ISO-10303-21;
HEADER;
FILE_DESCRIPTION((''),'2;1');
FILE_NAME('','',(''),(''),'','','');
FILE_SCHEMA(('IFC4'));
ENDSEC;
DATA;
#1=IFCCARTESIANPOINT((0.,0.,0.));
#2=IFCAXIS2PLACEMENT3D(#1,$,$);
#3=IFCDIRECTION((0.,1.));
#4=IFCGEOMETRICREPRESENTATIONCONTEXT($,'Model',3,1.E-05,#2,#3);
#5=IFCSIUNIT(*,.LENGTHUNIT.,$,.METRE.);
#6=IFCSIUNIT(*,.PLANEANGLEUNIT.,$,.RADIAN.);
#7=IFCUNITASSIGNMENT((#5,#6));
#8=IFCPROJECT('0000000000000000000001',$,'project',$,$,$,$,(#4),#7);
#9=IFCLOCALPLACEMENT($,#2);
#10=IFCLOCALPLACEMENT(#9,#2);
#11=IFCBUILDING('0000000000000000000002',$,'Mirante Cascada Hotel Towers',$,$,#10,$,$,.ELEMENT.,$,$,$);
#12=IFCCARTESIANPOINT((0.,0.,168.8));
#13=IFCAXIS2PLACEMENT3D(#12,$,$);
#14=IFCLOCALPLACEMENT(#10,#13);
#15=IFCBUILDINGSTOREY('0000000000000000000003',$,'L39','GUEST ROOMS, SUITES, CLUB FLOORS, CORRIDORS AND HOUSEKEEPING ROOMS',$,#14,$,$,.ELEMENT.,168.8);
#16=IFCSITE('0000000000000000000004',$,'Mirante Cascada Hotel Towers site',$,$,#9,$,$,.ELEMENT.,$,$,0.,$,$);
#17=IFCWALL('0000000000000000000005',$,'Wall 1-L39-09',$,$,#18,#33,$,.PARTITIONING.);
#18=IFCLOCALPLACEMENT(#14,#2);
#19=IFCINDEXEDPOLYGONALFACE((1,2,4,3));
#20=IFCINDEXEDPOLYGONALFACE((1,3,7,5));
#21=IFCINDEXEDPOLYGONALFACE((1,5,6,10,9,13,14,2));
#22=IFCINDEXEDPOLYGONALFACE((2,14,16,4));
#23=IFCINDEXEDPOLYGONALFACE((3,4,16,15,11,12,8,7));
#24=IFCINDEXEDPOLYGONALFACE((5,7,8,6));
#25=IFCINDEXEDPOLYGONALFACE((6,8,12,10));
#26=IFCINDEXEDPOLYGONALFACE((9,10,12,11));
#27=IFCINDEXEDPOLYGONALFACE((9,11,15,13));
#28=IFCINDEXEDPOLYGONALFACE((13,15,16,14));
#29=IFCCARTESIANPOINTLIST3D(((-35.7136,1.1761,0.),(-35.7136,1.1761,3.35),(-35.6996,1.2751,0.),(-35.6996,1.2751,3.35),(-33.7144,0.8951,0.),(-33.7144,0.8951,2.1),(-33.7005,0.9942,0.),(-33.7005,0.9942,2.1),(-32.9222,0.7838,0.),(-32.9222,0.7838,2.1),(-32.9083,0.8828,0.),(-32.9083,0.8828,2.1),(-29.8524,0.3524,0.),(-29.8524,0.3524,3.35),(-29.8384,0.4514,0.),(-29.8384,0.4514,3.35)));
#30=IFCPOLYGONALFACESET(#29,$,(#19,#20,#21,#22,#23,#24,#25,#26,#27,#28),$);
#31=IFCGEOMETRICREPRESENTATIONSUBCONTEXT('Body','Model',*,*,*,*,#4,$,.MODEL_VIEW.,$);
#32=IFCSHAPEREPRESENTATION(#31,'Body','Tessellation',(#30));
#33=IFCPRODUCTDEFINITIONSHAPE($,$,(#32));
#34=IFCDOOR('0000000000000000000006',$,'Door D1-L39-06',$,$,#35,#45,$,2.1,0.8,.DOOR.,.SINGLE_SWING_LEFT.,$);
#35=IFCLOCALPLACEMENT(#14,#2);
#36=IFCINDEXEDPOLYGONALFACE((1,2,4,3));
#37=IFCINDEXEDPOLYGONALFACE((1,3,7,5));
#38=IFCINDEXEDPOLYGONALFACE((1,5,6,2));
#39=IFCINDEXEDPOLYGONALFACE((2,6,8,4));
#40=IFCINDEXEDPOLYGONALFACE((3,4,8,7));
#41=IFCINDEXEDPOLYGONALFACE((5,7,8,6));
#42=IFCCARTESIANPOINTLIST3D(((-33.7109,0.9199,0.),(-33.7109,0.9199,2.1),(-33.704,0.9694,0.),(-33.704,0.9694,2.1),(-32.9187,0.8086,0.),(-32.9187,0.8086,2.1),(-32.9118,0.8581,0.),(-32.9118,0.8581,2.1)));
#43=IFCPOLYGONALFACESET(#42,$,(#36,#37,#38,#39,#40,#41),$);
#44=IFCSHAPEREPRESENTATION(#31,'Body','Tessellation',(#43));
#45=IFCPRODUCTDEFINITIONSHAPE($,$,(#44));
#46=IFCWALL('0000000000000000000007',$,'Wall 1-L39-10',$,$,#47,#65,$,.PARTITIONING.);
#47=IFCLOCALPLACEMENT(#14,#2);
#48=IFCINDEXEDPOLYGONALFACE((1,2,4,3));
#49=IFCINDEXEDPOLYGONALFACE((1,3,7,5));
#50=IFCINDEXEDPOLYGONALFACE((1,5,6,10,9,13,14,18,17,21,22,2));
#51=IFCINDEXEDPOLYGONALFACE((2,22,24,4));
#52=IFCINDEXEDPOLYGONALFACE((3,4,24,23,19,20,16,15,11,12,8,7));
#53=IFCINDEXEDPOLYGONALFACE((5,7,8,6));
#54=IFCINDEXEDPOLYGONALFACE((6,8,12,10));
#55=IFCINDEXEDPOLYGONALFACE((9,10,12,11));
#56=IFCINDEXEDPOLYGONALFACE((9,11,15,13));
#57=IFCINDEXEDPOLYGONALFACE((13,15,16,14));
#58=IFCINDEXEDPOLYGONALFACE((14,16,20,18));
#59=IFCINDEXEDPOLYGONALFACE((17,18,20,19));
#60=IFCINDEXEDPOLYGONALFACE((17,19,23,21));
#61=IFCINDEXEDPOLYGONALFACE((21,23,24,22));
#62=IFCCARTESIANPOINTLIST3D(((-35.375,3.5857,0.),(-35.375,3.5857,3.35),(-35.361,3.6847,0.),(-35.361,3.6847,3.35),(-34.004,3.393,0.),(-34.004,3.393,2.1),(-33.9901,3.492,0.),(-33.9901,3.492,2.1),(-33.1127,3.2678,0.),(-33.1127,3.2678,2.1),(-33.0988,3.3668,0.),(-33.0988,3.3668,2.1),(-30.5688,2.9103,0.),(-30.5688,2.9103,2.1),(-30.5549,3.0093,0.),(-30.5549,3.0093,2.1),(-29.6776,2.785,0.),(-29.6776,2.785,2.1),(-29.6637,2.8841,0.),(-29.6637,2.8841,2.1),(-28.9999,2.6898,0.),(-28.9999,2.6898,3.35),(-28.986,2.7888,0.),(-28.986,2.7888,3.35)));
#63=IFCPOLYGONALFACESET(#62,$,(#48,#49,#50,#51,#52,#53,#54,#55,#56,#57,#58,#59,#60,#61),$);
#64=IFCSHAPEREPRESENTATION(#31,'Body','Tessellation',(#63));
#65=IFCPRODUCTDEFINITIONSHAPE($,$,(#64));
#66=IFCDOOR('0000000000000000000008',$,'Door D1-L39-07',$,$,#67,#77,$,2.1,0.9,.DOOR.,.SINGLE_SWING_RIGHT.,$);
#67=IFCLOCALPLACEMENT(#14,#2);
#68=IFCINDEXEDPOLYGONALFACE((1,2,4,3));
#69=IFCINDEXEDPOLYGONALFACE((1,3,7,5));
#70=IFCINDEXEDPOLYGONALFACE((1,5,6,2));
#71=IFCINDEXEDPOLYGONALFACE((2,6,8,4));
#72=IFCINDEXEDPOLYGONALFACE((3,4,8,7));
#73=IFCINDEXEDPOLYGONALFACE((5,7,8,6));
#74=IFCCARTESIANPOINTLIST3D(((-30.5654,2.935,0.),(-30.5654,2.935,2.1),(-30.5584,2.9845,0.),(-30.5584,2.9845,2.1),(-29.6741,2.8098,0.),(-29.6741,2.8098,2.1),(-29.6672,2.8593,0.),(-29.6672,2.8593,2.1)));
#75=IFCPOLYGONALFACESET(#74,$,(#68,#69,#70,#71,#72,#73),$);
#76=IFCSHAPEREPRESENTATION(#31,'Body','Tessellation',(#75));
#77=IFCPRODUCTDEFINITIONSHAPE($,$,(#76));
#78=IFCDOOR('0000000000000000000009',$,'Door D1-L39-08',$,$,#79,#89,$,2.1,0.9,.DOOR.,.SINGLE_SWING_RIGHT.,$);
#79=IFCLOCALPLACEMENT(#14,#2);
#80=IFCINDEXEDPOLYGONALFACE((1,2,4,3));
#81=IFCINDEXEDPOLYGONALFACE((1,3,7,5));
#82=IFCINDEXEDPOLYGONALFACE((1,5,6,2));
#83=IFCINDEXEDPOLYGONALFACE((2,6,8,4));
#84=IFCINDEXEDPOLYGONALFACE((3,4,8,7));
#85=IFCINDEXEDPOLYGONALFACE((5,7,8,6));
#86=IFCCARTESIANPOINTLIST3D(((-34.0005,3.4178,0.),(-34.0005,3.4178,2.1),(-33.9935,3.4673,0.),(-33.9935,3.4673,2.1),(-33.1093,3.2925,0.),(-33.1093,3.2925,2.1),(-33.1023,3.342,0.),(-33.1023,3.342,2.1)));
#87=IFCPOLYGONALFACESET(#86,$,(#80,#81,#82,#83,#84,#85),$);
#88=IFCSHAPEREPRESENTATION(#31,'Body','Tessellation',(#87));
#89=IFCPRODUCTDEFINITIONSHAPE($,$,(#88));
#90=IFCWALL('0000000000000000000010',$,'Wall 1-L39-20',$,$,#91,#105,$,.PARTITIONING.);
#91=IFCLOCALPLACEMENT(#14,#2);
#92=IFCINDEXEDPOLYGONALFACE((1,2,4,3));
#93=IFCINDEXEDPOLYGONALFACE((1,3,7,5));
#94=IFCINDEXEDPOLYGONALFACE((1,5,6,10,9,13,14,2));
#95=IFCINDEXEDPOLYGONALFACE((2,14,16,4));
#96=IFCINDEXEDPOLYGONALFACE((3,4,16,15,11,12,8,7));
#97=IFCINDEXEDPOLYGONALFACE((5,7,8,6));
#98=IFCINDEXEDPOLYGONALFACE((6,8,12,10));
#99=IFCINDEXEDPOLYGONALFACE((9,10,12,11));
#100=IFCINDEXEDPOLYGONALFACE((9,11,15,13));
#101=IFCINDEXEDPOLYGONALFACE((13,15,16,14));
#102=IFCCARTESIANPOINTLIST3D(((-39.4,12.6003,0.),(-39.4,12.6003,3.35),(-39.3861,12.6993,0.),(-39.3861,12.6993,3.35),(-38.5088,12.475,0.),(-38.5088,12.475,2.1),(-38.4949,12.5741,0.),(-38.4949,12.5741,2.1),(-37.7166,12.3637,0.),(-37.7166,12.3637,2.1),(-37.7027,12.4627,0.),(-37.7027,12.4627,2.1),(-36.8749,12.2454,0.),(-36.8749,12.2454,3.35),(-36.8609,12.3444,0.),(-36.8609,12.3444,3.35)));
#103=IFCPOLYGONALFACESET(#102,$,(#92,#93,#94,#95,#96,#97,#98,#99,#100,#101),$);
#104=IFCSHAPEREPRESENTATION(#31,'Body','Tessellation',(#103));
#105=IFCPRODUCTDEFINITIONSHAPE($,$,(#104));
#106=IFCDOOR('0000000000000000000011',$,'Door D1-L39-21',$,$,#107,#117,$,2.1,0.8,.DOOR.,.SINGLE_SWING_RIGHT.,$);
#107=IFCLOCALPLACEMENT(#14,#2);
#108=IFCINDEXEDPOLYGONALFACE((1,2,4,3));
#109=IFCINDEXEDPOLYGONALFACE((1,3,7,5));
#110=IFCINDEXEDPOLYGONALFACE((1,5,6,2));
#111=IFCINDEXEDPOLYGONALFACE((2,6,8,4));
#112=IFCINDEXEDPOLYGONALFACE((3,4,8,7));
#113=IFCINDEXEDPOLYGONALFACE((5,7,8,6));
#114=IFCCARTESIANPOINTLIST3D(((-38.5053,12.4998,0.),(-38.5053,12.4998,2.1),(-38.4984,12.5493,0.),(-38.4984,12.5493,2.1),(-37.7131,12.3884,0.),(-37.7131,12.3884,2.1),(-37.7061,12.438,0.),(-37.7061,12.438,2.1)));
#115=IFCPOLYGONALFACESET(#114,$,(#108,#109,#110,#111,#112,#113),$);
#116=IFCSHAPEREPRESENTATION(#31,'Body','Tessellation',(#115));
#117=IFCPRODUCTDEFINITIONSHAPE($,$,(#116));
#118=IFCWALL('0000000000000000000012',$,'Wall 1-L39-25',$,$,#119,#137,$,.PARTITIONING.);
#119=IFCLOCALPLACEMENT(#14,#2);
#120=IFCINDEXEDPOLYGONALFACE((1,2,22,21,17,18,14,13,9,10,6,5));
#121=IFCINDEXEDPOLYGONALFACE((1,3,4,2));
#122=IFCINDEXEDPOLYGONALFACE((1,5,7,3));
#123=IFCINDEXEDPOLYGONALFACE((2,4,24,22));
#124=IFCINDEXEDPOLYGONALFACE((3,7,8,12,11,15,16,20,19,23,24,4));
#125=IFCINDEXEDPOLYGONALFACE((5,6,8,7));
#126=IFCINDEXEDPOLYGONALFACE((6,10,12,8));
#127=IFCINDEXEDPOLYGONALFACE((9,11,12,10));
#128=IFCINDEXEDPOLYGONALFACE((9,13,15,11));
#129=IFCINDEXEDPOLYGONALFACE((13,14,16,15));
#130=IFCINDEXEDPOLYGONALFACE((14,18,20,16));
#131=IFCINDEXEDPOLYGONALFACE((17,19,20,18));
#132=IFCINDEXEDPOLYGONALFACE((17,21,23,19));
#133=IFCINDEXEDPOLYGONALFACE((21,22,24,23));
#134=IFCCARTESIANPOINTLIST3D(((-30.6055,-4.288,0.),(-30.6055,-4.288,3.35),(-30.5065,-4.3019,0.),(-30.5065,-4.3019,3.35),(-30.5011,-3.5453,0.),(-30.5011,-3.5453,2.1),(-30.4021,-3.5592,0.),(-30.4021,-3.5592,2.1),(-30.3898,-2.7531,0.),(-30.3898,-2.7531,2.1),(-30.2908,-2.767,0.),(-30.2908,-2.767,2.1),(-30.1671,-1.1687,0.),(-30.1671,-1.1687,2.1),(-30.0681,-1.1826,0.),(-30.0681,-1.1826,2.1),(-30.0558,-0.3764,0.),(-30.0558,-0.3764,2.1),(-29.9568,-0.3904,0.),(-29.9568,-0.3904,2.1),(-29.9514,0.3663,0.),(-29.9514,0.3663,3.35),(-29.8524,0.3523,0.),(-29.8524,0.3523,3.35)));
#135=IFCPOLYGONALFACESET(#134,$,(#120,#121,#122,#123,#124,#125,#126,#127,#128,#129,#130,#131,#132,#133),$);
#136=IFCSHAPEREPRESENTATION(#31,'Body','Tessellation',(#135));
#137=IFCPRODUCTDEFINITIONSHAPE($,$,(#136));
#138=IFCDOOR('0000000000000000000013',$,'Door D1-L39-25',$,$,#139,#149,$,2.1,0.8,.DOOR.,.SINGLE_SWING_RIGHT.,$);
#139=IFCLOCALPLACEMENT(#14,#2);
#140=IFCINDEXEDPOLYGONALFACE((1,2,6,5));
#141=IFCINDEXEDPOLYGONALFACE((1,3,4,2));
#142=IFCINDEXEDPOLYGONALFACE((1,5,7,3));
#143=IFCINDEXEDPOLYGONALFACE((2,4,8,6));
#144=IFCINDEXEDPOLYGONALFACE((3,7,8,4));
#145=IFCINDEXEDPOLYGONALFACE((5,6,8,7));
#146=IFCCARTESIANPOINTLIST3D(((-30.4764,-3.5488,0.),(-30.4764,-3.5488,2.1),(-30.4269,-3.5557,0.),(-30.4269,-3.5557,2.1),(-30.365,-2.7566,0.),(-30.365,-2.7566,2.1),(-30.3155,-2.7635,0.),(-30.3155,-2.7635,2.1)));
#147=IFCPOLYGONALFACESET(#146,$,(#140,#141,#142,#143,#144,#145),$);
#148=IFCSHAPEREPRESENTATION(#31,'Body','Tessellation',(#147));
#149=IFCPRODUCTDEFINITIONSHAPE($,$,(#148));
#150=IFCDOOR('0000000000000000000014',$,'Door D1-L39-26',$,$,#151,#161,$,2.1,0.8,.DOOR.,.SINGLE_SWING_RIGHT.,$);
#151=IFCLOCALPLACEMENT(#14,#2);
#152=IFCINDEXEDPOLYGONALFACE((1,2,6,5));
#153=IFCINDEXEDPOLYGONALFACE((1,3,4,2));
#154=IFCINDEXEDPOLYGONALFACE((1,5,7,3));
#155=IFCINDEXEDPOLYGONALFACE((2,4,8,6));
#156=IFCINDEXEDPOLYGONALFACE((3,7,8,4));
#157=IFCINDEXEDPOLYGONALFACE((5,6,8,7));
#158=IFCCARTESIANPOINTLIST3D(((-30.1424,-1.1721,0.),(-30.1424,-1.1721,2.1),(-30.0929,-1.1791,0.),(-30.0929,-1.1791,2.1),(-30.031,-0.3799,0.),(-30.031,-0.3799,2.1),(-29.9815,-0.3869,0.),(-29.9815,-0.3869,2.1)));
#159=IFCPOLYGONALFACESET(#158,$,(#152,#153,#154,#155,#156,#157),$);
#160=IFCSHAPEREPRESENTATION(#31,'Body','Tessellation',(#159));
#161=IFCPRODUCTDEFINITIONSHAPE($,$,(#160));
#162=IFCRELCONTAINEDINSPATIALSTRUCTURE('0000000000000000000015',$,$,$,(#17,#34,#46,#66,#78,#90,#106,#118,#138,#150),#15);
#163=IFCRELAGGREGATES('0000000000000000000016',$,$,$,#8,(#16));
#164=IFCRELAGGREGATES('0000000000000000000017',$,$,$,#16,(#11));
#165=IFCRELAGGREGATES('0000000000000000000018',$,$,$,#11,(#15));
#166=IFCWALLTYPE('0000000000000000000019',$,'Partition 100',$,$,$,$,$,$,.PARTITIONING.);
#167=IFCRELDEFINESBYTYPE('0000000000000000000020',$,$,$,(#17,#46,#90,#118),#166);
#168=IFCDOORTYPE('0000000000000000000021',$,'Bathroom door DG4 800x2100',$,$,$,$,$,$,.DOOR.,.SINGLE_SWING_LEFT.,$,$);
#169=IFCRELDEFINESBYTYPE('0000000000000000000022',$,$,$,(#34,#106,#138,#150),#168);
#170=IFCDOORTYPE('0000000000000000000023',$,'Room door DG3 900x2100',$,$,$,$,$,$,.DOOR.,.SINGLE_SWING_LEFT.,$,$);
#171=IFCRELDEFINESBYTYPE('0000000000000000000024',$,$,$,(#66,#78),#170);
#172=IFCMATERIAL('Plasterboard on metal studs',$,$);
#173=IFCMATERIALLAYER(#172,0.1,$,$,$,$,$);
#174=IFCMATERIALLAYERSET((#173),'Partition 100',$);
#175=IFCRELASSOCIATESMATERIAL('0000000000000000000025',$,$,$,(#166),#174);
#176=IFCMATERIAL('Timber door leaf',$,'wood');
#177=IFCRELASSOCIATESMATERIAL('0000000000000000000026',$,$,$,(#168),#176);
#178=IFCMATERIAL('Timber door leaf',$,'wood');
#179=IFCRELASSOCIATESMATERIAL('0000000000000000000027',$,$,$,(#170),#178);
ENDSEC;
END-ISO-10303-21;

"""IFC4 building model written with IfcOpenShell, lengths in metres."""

from ifc_helpers import new_model, si_unit, direction, frame, frame_2d, origin, place, context, subcontext, project, spatial, rectangle, extrude, material, layer, layer_set, type_object, element, fill, save


model = new_model("IFC4")

# Units and contexts
model_context = context("Model", 3, precision=1e-05, world=origin(), true_north=direction((0.0, 1.0)))
body_context = subcontext(model_context, "Body", "Model", "MODEL_VIEW")
ifc_project = project(units=[si_unit("LENGTHUNIT", "METRE"), si_unit("PLANEANGLEUNIT", "RADIAN")], contexts=[model_context])

# Site, building, storey
site_placement = place(None, origin())
site = spatial("IfcSite", under=ifc_project, at=site_placement, Name="Mirante Cascada Hotel Towers site", CompositionType="ELEMENT", RefElevation=0.0)
building_placement = place(site_placement, origin())
building = spatial("IfcBuilding", under=site, at=building_placement, Name="Mirante Cascada Hotel Towers", CompositionType="ELEMENT")
storey_placement = place(building_placement, frame((0.0, 0.0, 168.8)))
storey = spatial("IfcBuildingStorey", under=building, at=storey_placement, Name="L39", Description="GUEST ROOMS, SUITES, CLUB FLOORS, CORRIDORS AND HOUSEKEEPING ROOMS", CompositionType="ELEMENT", Elevation=168.8)

# Wall, opening, door
ifc_material_1 = material(Name="Plasterboard on metal studs")
ifc_layer_1 = layer(ifc_material_1, 0.1)
ifc_layer_set_1 = layer_set([ifc_layer_1], Name="Partition 100")
wall_type_1 = type_object("IfcWallType", Name="Partition 100", PredefinedType="PARTITIONING", material=ifc_layer_set_1)
wall_1_placement = place(storey_placement, frame((-35.7066, 1.2256, 0.0), z_axis=(0.0, 0.0, 1.0), x_axis=(0.990269, -0.139167, 0.0)))
wall_1 = element("IfcWall", 1, at=wall_1_placement, inside=storey, type_object=wall_type_1, Name="Wall 1-L39-09", PredefinedType="PARTITIONING", context=body_context, shape_type="SweptSolid", body=[
    extrude(rectangle(XDim=5.9188, YDim=0.1, at=frame_2d((2.9594, 0.0))), origin(), (0.0, 0.0, 1.0), 3.35),
])
opening_1_placement = place(wall_1_placement, frame((2.0188, 0.0, 0.0)))
opening_1 = element("IfcOpeningElement", 2, at=opening_1_placement, cuts=wall_1, PredefinedType="OPENING", context=body_context, shape_type="SweptSolid", body=[
    extrude(rectangle(XDim=0.8, YDim=2.1, at=frame_2d((0.4, 1.05))), frame((0.0, 0.05, 0.0), z_axis=(0.0, -1.0, 0.0), x_axis=(1.0, 0.0, 0.0)), (0.0, 0.0, 1.0), 0.1),
])
ifc_material_2 = material(Name="Timber door leaf", Category="wood")
door_type_1 = type_object("IfcDoorType", Name="Bathroom door DG4 800x2100", OperationType="SINGLE_SWING_LEFT", PredefinedType="DOOR", material=ifc_material_2)
door_1_placement = place(opening_1_placement, origin())
door_1 = element("IfcDoor", 3, at=door_1_placement, inside=storey, type_object=door_type_1, Name="Door D1-L39-06", OperationType="SINGLE_SWING_LEFT", OverallHeight=2.1, OverallWidth=0.8, PredefinedType="DOOR", context=body_context, shape_type="SweptSolid", body=[
    extrude(rectangle(XDim=0.8, YDim=2.1, at=frame_2d((0.4, 1.05))), frame((0.0, 0.025, 0.0), z_axis=(0.0, -1.0, 0.0), x_axis=(1.0, 0.0, 0.0)), (0.0, 0.0, 1.0), 0.05),
])
fill(opening_1, door_1)

# Wall, openings, doors
wall_2_placement = place(storey_placement, frame((-28.9929, 2.7393, 0.0), z_axis=(0.0, 0.0, 1.0), x_axis=(-0.990269, 0.139164, 0.0)))
wall_2 = element("IfcWall", 4, at=wall_2_placement, inside=storey, type_object=wall_type_1, Name="Wall 1-L39-10", PredefinedType="PARTITIONING", context=body_context, shape_type="SweptSolid", body=[
    extrude(rectangle(XDim=6.4377, YDim=0.1, at=frame_2d((3.2189, 0.0))), origin(), (0.0, 0.0, 1.0), 3.35),
])
opening_2_placement = place(wall_2_placement, frame((0.6844, 0.0, 0.0)))
opening_2 = element("IfcOpeningElement", 5, at=opening_2_placement, cuts=wall_2, PredefinedType="OPENING", context=body_context, shape_type="SweptSolid", body=[
    extrude(rectangle(XDim=0.9, YDim=2.1, at=frame_2d((0.45, 1.05))), frame((0.0, 0.05, 0.0), z_axis=(0.0, -1.0, 0.0), x_axis=(1.0, 0.0, 0.0)), (0.0, 0.0, 1.0), 0.1),
])
opening_3_placement = place(wall_2_placement, frame((4.1533, 0.0, 0.0)))
opening_3 = element("IfcOpeningElement", 6, at=opening_3_placement, cuts=wall_2, PredefinedType="OPENING", context=body_context, shape_type="SweptSolid", body=[
    extrude(rectangle(XDim=0.9, YDim=2.1, at=frame_2d((0.45, 1.05))), frame((0.0, 0.05, 0.0), z_axis=(0.0, -1.0, 0.0), x_axis=(1.0, 0.0, 0.0)), (0.0, 0.0, 1.0), 0.1),
])
ifc_material_3 = material(Name="Timber door leaf", Category="wood")
door_type_2 = type_object("IfcDoorType", Name="Room door DG3 900x2100", OperationType="SINGLE_SWING_LEFT", PredefinedType="DOOR", material=ifc_material_3)
door_2_placement = place(opening_2_placement, frame((0.9, 0.0, 0.0), z_axis=(0.0, 0.0, 1.0), x_axis=(-1.0, 0.0, 0.0)))
door_2 = element("IfcDoor", 7, at=door_2_placement, inside=storey, type_object=door_type_2, Name="Door D1-L39-07", OperationType="SINGLE_SWING_RIGHT", OverallHeight=2.1, OverallWidth=0.9, PredefinedType="DOOR", context=body_context, shape_type="SweptSolid", body=[
    extrude(rectangle(XDim=0.9, YDim=2.1, at=frame_2d((0.45, 1.05))), frame((0.0, 0.025, 0.0), z_axis=(0.0, -1.0, 0.0), x_axis=(1.0, 0.0, 0.0)), (0.0, 0.0, 1.0), 0.05),
])
fill(opening_2, door_2)
door_3_placement = place(opening_3_placement, frame((0.9, 0.0, 0.0), z_axis=(0.0, 0.0, 1.0), x_axis=(-1.0, 0.0, 0.0)))
door_3 = element("IfcDoor", 8, at=door_3_placement, inside=storey, type_object=door_type_2, Name="Door D1-L39-08", OperationType="SINGLE_SWING_RIGHT", OverallHeight=2.1, OverallWidth=0.9, PredefinedType="DOOR", context=body_context, shape_type="SweptSolid", body=[
    extrude(rectangle(XDim=0.9, YDim=2.1, at=frame_2d((0.45, 1.05))), frame((0.0, 0.025, 0.0), z_axis=(0.0, -1.0, 0.0), x_axis=(1.0, 0.0, 0.0)), (0.0, 0.0, 1.0), 0.05),
])
fill(opening_3, door_3)

# Wall, opening, door
wall_3_placement = place(storey_placement, frame((-36.8679, 12.2949, 0.0), z_axis=(0.0, 0.0, 1.0), x_axis=(-0.990268, 0.139176, 0.0)))
wall_3 = element("IfcWall", 9, at=wall_3_placement, inside=storey, type_object=wall_type_1, Name="Wall 1-L39-20", PredefinedType="PARTITIONING", context=body_context, shape_type="SweptSolid", body=[
    extrude(rectangle(XDim=2.55, YDim=0.1, at=frame_2d((1.275, 0.0))), origin(), (0.0, 0.0, 1.0), 3.35),
])
opening_4_placement = place(wall_3_placement, frame((0.85, 0.0, 0.0)))
opening_4 = element("IfcOpeningElement", 10, at=opening_4_placement, cuts=wall_3, PredefinedType="OPENING", context=body_context, shape_type="SweptSolid", body=[
    extrude(rectangle(XDim=0.8, YDim=2.1, at=frame_2d((0.4, 1.05))), frame((0.0, 0.05, 0.0), z_axis=(0.0, -1.0, 0.0), x_axis=(1.0, 0.0, 0.0)), (0.0, 0.0, 1.0), 0.1),
])
door_4_placement = place(opening_4_placement, frame((0.8, 0.0, 0.0), z_axis=(0.0, 0.0, 1.0), x_axis=(-1.0, 0.0, 0.0)))
door_4 = element("IfcDoor", 11, at=door_4_placement, inside=storey, type_object=door_type_1, Name="Door D1-L39-21", OperationType="SINGLE_SWING_RIGHT", OverallHeight=2.1, OverallWidth=0.8, PredefinedType="DOOR", context=body_context, shape_type="SweptSolid", body=[
    extrude(rectangle(XDim=0.8, YDim=2.1, at=frame_2d((0.4, 1.05))), frame((0.0, 0.025, 0.0), z_axis=(0.0, -1.0, 0.0), x_axis=(1.0, 0.0, 0.0)), (0.0, 0.0, 1.0), 0.05),
])
fill(opening_4, door_4)

# Wall, openings, doors
wall_4_placement = place(storey_placement, frame((-29.9019, 0.3593, 0.0), z_axis=(0.0, 0.0, 1.0), x_axis=(-0.139169, -0.990269, 0.0)))
wall_4 = element("IfcWall", 12, at=wall_4_placement, inside=storey, type_object=wall_type_1, Name="Wall 1-L39-25", PredefinedType="PARTITIONING", context=body_context, shape_type="SweptSolid", body=[
    extrude(rectangle(XDim=4.7, YDim=0.1, at=frame_2d((2.35, 0.0))), origin(), (0.0, 0.0, 1.0), 3.35),
])
opening_5_placement = place(wall_4_placement, frame((3.15, 0.0, 0.0)))
opening_5 = element("IfcOpeningElement", 13, at=opening_5_placement, cuts=wall_4, PredefinedType="OPENING", context=body_context, shape_type="SweptSolid", body=[
    extrude(rectangle(XDim=0.8, YDim=2.1, at=frame_2d((0.4, 1.05))), frame((0.0, 0.05, 0.0), z_axis=(0.0, -1.0, 0.0), x_axis=(1.0, 0.0, 0.0)), (0.0, 0.0, 1.0), 0.1),
])
opening_6_placement = place(wall_4_placement, frame((0.75, 0.0, 0.0)))
opening_6 = element("IfcOpeningElement", 14, at=opening_6_placement, cuts=wall_4, PredefinedType="OPENING", context=body_context, shape_type="SweptSolid", body=[
    extrude(rectangle(XDim=0.8, YDim=2.1, at=frame_2d((0.4, 1.05))), frame((0.0, 0.05, 0.0), z_axis=(0.0, -1.0, 0.0), x_axis=(1.0, 0.0, 0.0)), (0.0, 0.0, 1.0), 0.1),
])
door_5_placement = place(opening_5_placement, frame((0.8, 0.0, 0.0), z_axis=(0.0, 0.0, 1.0), x_axis=(-1.0, 0.0, 0.0)))
door_5 = element("IfcDoor", 15, at=door_5_placement, inside=storey, type_object=door_type_1, Name="Door D1-L39-25", OperationType="SINGLE_SWING_RIGHT", OverallHeight=2.1, OverallWidth=0.8, PredefinedType="DOOR", context=body_context, shape_type="SweptSolid", body=[
    extrude(rectangle(XDim=0.8, YDim=2.1, at=frame_2d((0.4, 1.05))), frame((0.0, 0.025, 0.0), z_axis=(0.0, -1.0, 0.0), x_axis=(1.0, 0.0, 0.0)), (0.0, 0.0, 1.0), 0.05),
])
fill(opening_5, door_5)
door_6_placement = place(opening_6_placement, frame((0.8, 0.0, 0.0), z_axis=(0.0, 0.0, 1.0), x_axis=(-1.0, 0.0, 0.0)))
door_6 = element("IfcDoor", 16, at=door_6_placement, inside=storey, type_object=door_type_1, Name="Door D1-L39-26", OperationType="SINGLE_SWING_RIGHT", OverallHeight=2.1, OverallWidth=0.8, PredefinedType="DOOR", context=body_context, shape_type="SweptSolid", body=[
    extrude(rectangle(XDim=0.8, YDim=2.1, at=frame_2d((0.4, 1.05))), frame((0.0, 0.025, 0.0), z_axis=(0.0, -1.0, 0.0), x_axis=(1.0, 0.0, 0.0)), (0.0, 0.0, 1.0), 0.05),
])
fill(opening_6, door_6)

save(model, "model.ifc")
